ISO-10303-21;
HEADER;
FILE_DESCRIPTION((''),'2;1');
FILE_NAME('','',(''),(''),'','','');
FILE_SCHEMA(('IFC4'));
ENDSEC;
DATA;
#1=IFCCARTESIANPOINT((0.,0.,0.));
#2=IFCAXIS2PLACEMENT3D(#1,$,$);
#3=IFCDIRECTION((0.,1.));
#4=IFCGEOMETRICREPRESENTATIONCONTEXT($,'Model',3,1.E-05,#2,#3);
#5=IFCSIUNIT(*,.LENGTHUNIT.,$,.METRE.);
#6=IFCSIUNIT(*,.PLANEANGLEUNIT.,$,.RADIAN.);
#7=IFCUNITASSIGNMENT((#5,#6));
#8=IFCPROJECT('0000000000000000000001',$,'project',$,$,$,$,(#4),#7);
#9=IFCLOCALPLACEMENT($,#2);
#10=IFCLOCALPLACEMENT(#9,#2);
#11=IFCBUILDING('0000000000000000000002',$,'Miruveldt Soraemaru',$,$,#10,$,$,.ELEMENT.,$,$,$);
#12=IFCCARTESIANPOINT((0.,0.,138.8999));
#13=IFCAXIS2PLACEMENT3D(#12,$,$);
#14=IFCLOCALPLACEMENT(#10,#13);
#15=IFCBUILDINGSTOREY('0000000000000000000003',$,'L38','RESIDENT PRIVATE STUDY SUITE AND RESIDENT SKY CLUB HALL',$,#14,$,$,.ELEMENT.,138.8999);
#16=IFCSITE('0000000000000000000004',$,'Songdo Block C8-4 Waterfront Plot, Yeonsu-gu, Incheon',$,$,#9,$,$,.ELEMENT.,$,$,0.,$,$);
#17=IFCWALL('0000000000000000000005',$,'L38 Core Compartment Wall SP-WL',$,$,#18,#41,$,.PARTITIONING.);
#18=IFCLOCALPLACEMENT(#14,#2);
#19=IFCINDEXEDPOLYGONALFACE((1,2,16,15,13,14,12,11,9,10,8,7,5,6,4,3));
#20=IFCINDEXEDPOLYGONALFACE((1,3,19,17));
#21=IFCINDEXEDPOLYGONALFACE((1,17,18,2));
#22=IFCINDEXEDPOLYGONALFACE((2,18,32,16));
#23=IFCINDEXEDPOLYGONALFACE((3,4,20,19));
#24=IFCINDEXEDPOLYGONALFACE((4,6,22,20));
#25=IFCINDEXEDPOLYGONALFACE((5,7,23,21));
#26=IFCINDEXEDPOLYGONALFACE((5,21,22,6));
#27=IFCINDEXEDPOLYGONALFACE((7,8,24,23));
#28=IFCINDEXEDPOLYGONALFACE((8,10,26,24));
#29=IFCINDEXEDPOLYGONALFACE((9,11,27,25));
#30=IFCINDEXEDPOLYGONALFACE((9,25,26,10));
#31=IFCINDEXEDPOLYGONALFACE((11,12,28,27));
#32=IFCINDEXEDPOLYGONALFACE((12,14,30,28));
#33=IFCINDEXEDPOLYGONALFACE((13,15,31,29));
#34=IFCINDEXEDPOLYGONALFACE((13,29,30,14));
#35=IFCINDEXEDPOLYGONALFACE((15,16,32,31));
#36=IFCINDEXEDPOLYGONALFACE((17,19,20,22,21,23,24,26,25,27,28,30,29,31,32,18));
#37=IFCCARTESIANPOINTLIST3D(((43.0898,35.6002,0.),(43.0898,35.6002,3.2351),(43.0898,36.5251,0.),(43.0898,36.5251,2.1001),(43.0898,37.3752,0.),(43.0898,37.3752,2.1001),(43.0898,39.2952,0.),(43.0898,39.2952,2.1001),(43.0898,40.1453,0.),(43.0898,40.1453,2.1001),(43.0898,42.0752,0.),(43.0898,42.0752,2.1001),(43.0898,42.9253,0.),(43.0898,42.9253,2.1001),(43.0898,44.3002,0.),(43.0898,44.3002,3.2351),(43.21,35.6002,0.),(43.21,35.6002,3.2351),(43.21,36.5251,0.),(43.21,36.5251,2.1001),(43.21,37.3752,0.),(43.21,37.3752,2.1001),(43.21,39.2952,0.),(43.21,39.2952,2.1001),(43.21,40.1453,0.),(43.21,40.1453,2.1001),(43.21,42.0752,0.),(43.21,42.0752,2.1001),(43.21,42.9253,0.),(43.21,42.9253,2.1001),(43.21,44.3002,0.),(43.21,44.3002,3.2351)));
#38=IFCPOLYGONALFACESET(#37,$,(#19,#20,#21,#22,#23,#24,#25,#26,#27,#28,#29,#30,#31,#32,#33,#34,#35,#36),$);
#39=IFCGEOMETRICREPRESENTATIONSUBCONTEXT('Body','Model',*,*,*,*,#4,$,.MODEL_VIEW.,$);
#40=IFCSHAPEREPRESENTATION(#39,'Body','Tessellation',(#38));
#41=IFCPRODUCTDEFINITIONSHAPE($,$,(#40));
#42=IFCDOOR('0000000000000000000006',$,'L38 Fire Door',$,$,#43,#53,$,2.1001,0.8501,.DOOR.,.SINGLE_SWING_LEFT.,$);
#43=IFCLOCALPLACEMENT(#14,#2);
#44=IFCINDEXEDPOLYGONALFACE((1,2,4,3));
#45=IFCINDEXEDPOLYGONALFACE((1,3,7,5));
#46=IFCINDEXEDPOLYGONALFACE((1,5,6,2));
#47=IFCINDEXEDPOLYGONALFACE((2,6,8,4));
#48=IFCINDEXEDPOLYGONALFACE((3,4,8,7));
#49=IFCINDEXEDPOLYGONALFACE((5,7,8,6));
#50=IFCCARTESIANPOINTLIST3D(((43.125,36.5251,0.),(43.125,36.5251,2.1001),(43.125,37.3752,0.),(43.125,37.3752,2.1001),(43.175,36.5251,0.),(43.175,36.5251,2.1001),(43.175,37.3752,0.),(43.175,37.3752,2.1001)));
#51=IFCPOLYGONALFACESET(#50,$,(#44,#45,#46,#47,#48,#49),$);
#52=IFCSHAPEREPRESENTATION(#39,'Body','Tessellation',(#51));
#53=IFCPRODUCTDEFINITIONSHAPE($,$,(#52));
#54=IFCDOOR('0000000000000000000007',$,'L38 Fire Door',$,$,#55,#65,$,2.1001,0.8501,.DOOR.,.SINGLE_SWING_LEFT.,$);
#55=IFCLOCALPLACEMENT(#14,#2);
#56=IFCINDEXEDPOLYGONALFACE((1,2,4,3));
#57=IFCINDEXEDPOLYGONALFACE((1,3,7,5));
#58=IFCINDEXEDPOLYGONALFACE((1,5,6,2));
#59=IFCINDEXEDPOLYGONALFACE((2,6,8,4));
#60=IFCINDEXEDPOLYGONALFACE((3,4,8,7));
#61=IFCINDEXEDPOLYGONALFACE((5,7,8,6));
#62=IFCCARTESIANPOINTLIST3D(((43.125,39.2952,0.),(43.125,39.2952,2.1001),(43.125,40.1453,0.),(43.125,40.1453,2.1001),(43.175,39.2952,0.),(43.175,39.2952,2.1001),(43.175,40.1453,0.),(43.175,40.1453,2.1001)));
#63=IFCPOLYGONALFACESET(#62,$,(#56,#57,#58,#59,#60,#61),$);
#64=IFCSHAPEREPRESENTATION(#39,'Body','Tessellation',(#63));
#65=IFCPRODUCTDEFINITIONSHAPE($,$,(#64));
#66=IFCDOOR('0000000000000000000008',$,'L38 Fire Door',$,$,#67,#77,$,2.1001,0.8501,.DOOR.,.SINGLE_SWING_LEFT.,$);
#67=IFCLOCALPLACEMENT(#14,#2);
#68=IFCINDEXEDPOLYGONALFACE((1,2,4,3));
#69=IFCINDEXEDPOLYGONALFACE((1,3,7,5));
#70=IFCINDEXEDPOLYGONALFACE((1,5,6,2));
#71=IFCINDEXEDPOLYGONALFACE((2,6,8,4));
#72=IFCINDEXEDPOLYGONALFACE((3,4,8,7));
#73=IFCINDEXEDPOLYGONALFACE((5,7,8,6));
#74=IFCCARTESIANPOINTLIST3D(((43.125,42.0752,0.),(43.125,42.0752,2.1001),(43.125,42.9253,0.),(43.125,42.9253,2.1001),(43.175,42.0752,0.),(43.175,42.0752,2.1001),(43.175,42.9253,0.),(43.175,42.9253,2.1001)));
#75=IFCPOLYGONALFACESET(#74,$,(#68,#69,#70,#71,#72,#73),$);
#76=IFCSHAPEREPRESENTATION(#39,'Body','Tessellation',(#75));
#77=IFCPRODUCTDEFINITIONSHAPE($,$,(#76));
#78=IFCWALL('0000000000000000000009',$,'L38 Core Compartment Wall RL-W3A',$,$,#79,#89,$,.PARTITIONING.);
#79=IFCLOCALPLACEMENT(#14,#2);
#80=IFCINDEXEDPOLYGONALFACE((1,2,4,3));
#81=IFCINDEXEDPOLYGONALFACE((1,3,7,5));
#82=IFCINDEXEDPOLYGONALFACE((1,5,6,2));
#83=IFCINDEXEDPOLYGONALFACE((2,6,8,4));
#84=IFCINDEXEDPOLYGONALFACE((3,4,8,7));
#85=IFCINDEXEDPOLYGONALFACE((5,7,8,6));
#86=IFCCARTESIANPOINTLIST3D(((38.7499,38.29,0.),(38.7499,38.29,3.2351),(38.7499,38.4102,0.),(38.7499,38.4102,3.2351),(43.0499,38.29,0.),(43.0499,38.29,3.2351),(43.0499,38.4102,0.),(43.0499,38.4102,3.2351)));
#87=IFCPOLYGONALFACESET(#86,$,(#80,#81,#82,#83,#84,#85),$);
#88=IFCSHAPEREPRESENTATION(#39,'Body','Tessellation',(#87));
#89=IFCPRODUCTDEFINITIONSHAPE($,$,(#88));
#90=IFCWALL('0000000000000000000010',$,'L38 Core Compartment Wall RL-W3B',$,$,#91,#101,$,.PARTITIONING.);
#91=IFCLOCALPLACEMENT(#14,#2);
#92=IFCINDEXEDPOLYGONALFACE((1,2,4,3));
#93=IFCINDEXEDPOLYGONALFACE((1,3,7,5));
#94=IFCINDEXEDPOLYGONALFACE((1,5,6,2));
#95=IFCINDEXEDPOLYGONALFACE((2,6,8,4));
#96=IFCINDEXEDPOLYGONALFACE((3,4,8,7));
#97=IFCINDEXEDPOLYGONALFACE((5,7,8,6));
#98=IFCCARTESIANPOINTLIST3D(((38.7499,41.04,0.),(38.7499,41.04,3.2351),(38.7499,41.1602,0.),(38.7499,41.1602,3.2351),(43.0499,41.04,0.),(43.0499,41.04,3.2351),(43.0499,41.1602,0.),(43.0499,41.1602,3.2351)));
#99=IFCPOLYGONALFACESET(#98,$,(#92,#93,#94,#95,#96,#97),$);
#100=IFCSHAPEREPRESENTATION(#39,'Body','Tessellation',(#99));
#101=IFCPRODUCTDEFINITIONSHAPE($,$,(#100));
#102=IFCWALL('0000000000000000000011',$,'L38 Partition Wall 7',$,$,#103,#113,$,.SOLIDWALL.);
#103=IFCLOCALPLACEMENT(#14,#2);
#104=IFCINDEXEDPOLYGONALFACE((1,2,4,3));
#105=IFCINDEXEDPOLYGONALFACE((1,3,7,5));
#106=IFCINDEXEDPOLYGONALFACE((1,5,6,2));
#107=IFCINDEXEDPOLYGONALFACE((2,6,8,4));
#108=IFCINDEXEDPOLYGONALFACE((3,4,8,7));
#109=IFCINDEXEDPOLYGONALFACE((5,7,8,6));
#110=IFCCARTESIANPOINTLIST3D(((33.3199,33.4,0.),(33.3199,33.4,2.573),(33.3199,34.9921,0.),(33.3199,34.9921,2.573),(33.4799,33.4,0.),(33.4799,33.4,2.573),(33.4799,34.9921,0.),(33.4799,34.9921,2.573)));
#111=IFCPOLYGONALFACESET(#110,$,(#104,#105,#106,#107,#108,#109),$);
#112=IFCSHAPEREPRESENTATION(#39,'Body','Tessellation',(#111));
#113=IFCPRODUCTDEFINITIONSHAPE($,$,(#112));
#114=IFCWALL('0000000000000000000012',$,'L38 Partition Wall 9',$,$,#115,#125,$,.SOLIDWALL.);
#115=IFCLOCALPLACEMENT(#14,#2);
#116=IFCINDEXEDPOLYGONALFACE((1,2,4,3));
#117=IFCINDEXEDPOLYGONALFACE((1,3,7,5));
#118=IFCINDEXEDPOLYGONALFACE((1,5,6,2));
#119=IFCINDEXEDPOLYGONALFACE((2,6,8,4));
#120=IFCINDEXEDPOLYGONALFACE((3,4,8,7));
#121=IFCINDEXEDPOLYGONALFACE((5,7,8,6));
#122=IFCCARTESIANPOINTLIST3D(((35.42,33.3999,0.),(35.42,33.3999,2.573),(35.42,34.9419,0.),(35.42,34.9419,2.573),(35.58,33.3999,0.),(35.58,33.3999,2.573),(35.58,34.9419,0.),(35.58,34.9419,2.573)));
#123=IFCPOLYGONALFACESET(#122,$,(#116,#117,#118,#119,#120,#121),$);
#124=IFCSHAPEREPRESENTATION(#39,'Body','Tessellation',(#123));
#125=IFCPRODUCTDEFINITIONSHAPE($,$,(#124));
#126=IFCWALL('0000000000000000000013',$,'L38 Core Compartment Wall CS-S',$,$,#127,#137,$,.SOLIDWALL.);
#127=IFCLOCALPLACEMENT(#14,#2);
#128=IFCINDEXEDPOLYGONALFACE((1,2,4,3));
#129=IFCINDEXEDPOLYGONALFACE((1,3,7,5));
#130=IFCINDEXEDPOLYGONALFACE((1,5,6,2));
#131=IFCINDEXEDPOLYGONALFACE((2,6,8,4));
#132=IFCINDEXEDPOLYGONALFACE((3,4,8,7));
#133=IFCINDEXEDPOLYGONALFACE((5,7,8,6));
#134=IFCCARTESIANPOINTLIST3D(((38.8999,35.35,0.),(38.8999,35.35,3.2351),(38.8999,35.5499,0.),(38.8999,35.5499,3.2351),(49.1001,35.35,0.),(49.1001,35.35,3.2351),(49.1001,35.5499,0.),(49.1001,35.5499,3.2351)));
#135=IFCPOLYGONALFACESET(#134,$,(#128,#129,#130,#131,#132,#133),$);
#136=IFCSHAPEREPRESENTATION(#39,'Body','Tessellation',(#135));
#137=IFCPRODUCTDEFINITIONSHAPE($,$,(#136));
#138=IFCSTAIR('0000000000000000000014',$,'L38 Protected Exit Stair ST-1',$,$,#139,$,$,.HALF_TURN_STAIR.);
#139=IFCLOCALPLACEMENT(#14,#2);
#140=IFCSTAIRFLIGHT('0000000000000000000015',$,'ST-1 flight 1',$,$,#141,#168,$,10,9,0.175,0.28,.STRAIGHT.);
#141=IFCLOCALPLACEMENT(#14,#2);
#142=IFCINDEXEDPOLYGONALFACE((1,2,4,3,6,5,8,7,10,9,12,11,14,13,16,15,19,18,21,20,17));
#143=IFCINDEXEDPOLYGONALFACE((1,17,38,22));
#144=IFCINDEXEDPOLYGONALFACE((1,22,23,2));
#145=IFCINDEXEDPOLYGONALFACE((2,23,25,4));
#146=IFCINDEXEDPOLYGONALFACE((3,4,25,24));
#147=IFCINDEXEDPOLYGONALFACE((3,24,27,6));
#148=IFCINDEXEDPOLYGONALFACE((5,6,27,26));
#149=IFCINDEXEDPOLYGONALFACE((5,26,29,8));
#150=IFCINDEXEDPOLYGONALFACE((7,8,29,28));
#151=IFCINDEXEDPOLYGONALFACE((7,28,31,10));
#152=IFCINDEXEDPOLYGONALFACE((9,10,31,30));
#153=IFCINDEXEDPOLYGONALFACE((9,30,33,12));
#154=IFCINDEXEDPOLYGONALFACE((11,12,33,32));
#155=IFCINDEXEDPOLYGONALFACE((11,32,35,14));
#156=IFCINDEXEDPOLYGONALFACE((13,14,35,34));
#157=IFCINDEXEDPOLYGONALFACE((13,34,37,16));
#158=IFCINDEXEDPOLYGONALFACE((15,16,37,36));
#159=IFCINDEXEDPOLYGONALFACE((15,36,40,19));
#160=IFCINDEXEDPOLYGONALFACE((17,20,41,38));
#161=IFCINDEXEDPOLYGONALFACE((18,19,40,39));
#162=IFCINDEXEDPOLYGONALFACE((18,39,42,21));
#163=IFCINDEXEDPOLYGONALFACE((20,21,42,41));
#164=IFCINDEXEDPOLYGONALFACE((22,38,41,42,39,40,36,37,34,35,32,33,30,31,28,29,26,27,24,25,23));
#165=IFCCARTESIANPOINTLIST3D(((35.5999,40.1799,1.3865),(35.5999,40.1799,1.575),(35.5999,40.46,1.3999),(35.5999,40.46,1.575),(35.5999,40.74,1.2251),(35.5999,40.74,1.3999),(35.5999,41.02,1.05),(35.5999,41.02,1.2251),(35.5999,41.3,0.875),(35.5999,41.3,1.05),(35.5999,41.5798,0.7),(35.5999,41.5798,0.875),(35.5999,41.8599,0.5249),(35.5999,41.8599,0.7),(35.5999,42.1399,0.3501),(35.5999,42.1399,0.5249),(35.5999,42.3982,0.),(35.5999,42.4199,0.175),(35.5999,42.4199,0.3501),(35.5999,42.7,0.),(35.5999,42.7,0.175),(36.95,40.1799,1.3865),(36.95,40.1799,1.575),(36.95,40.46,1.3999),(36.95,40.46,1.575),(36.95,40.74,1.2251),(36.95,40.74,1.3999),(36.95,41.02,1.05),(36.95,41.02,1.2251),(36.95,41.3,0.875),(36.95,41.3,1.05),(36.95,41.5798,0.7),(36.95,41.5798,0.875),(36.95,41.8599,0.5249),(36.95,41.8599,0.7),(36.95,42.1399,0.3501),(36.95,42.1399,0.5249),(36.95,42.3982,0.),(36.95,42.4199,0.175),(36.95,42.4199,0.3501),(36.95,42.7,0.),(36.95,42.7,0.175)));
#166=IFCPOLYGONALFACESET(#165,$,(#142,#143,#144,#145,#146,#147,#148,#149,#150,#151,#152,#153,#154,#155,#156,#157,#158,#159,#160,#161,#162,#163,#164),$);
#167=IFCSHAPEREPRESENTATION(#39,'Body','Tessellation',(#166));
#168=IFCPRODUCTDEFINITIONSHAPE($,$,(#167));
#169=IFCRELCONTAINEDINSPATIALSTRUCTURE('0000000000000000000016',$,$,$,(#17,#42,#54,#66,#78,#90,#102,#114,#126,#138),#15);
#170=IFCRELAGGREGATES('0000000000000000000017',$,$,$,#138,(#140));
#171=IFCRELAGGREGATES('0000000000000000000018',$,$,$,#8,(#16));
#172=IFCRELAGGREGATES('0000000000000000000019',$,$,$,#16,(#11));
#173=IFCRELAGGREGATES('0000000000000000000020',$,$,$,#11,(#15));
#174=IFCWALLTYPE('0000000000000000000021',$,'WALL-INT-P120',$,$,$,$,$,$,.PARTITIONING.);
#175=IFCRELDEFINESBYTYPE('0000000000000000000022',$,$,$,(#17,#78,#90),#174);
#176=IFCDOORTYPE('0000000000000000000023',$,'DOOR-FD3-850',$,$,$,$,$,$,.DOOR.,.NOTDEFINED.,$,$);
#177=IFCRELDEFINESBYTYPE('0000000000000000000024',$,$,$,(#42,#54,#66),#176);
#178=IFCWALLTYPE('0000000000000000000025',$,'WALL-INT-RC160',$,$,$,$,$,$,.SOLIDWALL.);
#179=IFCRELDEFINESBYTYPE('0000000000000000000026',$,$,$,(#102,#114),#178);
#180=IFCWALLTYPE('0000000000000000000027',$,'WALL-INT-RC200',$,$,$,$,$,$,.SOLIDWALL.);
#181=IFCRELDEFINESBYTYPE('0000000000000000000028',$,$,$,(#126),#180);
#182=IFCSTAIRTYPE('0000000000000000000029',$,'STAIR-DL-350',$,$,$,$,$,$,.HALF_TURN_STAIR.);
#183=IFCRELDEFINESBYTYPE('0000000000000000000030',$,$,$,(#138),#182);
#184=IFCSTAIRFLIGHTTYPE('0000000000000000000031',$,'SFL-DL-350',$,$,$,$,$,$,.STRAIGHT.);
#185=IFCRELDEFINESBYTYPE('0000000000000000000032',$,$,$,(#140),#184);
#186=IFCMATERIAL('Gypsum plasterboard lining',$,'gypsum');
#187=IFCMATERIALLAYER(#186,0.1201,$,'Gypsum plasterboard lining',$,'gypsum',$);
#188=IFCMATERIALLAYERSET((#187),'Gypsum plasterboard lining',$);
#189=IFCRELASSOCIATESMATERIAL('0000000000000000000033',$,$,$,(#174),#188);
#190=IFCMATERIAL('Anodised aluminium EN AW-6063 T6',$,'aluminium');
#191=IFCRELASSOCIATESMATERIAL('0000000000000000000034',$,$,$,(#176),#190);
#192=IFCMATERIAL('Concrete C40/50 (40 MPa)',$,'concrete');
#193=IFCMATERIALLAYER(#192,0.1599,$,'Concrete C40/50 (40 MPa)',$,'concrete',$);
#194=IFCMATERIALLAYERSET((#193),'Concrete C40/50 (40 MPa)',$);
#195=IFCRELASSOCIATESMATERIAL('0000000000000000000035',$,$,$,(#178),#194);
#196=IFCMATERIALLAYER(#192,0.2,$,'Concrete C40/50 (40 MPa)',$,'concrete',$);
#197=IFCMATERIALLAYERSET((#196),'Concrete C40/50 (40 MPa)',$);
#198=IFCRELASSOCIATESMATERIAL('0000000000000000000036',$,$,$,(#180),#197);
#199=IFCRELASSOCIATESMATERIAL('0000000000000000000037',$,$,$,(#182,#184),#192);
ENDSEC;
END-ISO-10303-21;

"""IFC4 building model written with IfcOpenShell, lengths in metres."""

from ifc_helpers import new_model, si_unit, direction, frame, frame_2d, origin, place, context, subcontext, project, spatial, polyline, rectangle, outline, extrude, material, layer, layer_set, type_object, element, fill, aggregate, save


model = new_model("IFC4")

# Units and contexts
model_context = context("Model", 3, precision=1e-05, world=origin(), true_north=direction((0.0, 1.0)))
body_context = subcontext(model_context, "Body", "Model", "MODEL_VIEW")
ifc_project = project(units=[si_unit("LENGTHUNIT", "METRE"), si_unit("PLANEANGLEUNIT", "RADIAN")], contexts=[model_context])

# Site, building, storey
site_placement = place(None, origin())
site = spatial("IfcSite", under=ifc_project, at=site_placement, Name="Songdo Block C8-4 Waterfront Plot, Yeonsu-gu, Incheon", CompositionType="ELEMENT", RefElevation=0.0)
building_placement = place(site_placement, origin())
building = spatial("IfcBuilding", under=site, at=building_placement, Name="Miruveldt Soraemaru", CompositionType="ELEMENT")
storey_placement = place(building_placement, frame((0.0, 0.0, 138.8999)))
storey = spatial("IfcBuildingStorey", under=building, at=storey_placement, Name="L38", Description="RESIDENT PRIVATE STUDY SUITE AND RESIDENT SKY CLUB HALL", CompositionType="ELEMENT", Elevation=138.8999)

# Wall, openings, doors
ifc_material_1 = material(Name="Gypsum plasterboard lining", Category="gypsum")
ifc_layer_1 = layer(ifc_material_1, 0.1201, Name="Gypsum plasterboard lining", Category="gypsum")
ifc_layer_set_1 = layer_set([ifc_layer_1], Name="Gypsum plasterboard lining")
wall_type_1 = type_object("IfcWallType", Name="WALL-INT-P120", PredefinedType="PARTITIONING", material=ifc_layer_set_1)
wall_1_placement = place(storey_placement, frame((43.1499, 35.6001, 0.0), z_axis=(0.0, 0.0, 1.0), x_axis=(0.0, 1.0, 0.0)))
wall_1 = element("IfcWall", 1, at=wall_1_placement, inside=storey, type_object=wall_type_1, Name="L38 Core Compartment Wall SP-WL", PredefinedType="PARTITIONING", context=body_context, shape_type="SweptSolid", body=[
    extrude(rectangle(XDim=8.7, YDim=0.1201, at=frame_2d((4.3501, 0.0))), origin(), (0.0, 0.0, 1.0), 3.2351),
])
opening_1_placement = place(wall_1_placement, frame((0.925, 0.0, 0.0)))
opening_1 = element("IfcOpeningElement", 2, at=opening_1_placement, cuts=wall_1, PredefinedType="OPENING", context=body_context, shape_type="SweptSolid", body=[
    extrude(rectangle(XDim=0.8501, YDim=2.1001, at=frame_2d((0.425, 1.05))), frame((0.0, 0.0701, 0.0), z_axis=(0.0, -1.0, 0.0), x_axis=(1.0, 0.0, 0.0)), (0.0, 0.0, 1.0), 0.1401),
])
opening_2_placement = place(wall_1_placement, frame((3.6951, 0.0, 0.0)))
opening_2 = element("IfcOpeningElement", 3, at=opening_2_placement, cuts=wall_1, PredefinedType="OPENING", context=body_context, shape_type="SweptSolid", body=[
    extrude(rectangle(XDim=0.8501, YDim=2.1001, at=frame_2d((0.425, 1.05))), frame((0.0, 0.0701, 0.0), z_axis=(0.0, -1.0, 0.0), x_axis=(1.0, 0.0, 0.0)), (0.0, 0.0, 1.0), 0.1401),
])
opening_3_placement = place(wall_1_placement, frame((6.4751, 0.0, 0.0)))
opening_3 = element("IfcOpeningElement", 4, at=opening_3_placement, cuts=wall_1, PredefinedType="OPENING", context=body_context, shape_type="SweptSolid", body=[
    extrude(rectangle(XDim=0.8501, YDim=2.1001, at=frame_2d((0.425, 1.05))), frame((0.0, 0.0701, 0.0), z_axis=(0.0, -1.0, 0.0), x_axis=(1.0, 0.0, 0.0)), (0.0, 0.0, 1.0), 0.1401),
])
ifc_material_2 = material(Name="Anodised aluminium EN AW-6063 T6", Category="aluminium")
door_type = type_object("IfcDoorType", Name="DOOR-FD3-850", OperationType="NOTDEFINED", PredefinedType="DOOR", material=ifc_material_2)
door_1_placement = place(opening_1_placement, origin())
door_1 = element("IfcDoor", 5, at=door_1_placement, inside=storey, type_object=door_type, Name="L38 Fire Door", OperationType="SINGLE_SWING_LEFT", OverallHeight=2.1001, OverallWidth=0.8501, PredefinedType="DOOR", context=body_context, shape_type="SweptSolid", body=[
    extrude(rectangle(XDim=0.8501, YDim=2.1001, at=frame_2d((0.425, 1.05))), frame((0.0, 0.0249, 0.0), z_axis=(0.0, -1.0, 0.0), x_axis=(1.0, 0.0, 0.0)), (0.0, 0.0, 1.0), 0.05),
])
fill(opening_1, door_1)
door_2_placement = place(opening_2_placement, origin())
door_2 = element("IfcDoor", 6, at=door_2_placement, inside=storey, type_object=door_type, Name="L38 Fire Door", OperationType="SINGLE_SWING_LEFT", OverallHeight=2.1001, OverallWidth=0.8501, PredefinedType="DOOR", context=body_context, shape_type="SweptSolid", body=[
    extrude(rectangle(XDim=0.8501, YDim=2.1001, at=frame_2d((0.425, 1.05))), frame((0.0, 0.0249, 0.0), z_axis=(0.0, -1.0, 0.0), x_axis=(1.0, 0.0, 0.0)), (0.0, 0.0, 1.0), 0.05),
])
fill(opening_2, door_2)
door_3_placement = place(opening_3_placement, origin())
door_3 = element("IfcDoor", 7, at=door_3_placement, inside=storey, type_object=door_type, Name="L38 Fire Door", OperationType="SINGLE_SWING_LEFT", OverallHeight=2.1001, OverallWidth=0.8501, PredefinedType="DOOR", context=body_context, shape_type="SweptSolid", body=[
    extrude(rectangle(XDim=0.8501, YDim=2.1001, at=frame_2d((0.425, 1.05))), frame((0.0, 0.0249, 0.0), z_axis=(0.0, -1.0, 0.0), x_axis=(1.0, 0.0, 0.0)), (0.0, 0.0, 1.0), 0.05),
])
fill(opening_3, door_3)

# Walls
for number, where, z_axis, x_axis, name in (
    (8, (38.75, 38.3501, 0.0), (0.0, 0.0, 1.0), (1.0, 0.0, 0.0), "L38 Core Compartment Wall RL-W3A"),
    (9, (38.75, 41.1001, 0.0), (0.0, 0.0, 1.0), (1.0, 0.0, 0.0), "L38 Core Compartment Wall RL-W3B"),
):
    element("IfcWall", number, at=place(storey_placement, frame(where, z_axis=z_axis, x_axis=x_axis)), inside=storey, type_object=wall_type_1, Name=name, PredefinedType="PARTITIONING", context=body_context, shape_type="SweptSolid", body=[
        extrude(rectangle(XDim=4.3, YDim=0.1201, at=frame_2d((2.1499, 0.0))), origin(), (0.0, 0.0, 1.0), 3.2351),
    ])
ifc_material_3 = material(Name="Concrete C40/50 (40 MPa)", Category="concrete")
ifc_layer_2 = layer(ifc_material_3, 0.1599, Name="Concrete C40/50 (40 MPa)", Category="concrete")
ifc_layer_set_2 = layer_set([ifc_layer_2], Name="Concrete C40/50 (40 MPa)")
wall_type_2 = type_object("IfcWallType", Name="WALL-INT-RC160", PredefinedType="SOLIDWALL", material=ifc_layer_set_2)
wall_2_placement = place(storey_placement, frame((33.3999, 34.9919, 0.0), z_axis=(0.0, 0.0, 1.0), x_axis=(0.0, -1.0, 0.0)))
element("IfcWall", 10, at=wall_2_placement, inside=storey, type_object=wall_type_2, Name="L38 Partition Wall 7", PredefinedType="SOLIDWALL", context=body_context, shape_type="SweptSolid", body=[
    extrude(rectangle(XDim=1.592, YDim=0.1599, at=frame_2d((0.7959, 0.0))), origin(), (0.0, 0.0, 1.0), 2.573),
])
wall_3_placement = place(storey_placement, frame((35.5, 33.3999, 0.0), z_axis=(0.0, 0.0, 1.0), x_axis=(0.0, 1.0, 0.0)))
element("IfcWall", 11, at=wall_3_placement, inside=storey, type_object=wall_type_2, Name="L38 Partition Wall 9", PredefinedType="SOLIDWALL", context=body_context, shape_type="SweptSolid", body=[
    extrude(rectangle(XDim=1.542, YDim=0.1599, at=frame_2d((0.771, 0.0))), origin(), (0.0, 0.0, 1.0), 2.573),
])
ifc_layer_3 = layer(ifc_material_3, 0.2, Name="Concrete C40/50 (40 MPa)", Category="concrete")
ifc_layer_set_3 = layer_set([ifc_layer_3], Name="Concrete C40/50 (40 MPa)")
wall_type_3 = type_object("IfcWallType", Name="WALL-INT-RC200", PredefinedType="SOLIDWALL", material=ifc_layer_set_3)
wall_4_placement = place(storey_placement, frame((38.8999, 35.45, 0.0), z_axis=(0.0, 0.0, 1.0), x_axis=(1.0, 0.0, 0.0)))
element("IfcWall", 12, at=wall_4_placement, inside=storey, type_object=wall_type_3, Name="L38 Core Compartment Wall CS-S", PredefinedType="SOLIDWALL", context=body_context, shape_type="SweptSolid", body=[
    extrude(rectangle(XDim=10.2002, YDim=0.2, at=frame_2d((5.1001, 0.0))), origin(), (0.0, 0.0, 1.0), 3.2351),
])

# Stair, stair flight
stair_type = type_object("IfcStairType", Name="STAIR-DL-350", PredefinedType="HALF_TURN_STAIR", material=ifc_material_3)
stair_placement = place(storey_placement, origin())
stair = element("IfcStair", 13, at=stair_placement, inside=storey, type_object=stair_type, Name="L38 Protected Exit Stair ST-1", PredefinedType="HALF_TURN_STAIR")
stair_flight_type = type_object("IfcStairFlightType", Name="SFL-DL-350", PredefinedType="STRAIGHT", material=ifc_material_3)
stair_flight_1_placement = place(storey_placement, frame((36.2749, 42.7, 0.0), z_axis=(0.0, 0.0, 1.0), x_axis=(0.0, -1.0, 0.0)))
stair_flight_1 = element("IfcStairFlight", 14, at=stair_flight_1_placement, type_object=stair_flight_type, Name="ST-1 flight 1", NumberOfRisers=10, NumberOfTreads=9, PredefinedType="STRAIGHT", RiserHeight=0.175, TreadLength=0.28, context=body_context, shape_type="SweptSolid", body=[
    extrude(outline(polyline([(0.0, 0.0), (0.0, 0.175), (0.28, 0.175), (0.28, 0.3501), (0.5601, 0.3501), (0.5601, 0.5249), (0.8401, 0.5249), (0.8401, 0.7), (1.1201, 0.7), (1.1201, 0.875), (1.3999, 0.875), (1.3999, 1.05), (1.6799, 1.05), (1.6799, 1.2251), (1.96, 1.2251), (1.96, 1.3999), (2.24, 1.3999), (2.24, 1.575), (2.52, 1.575), (2.52, 1.75), (2.52, 1.3865), (0.3018, 0.0), (0.0, 0.0)])), frame((0.0, 0.675, 0.0), z_axis=(0.0, -1.0, 0.0), x_axis=(1.0, 0.0, 0.0)), (0.0, 0.0, 1.0), 1.3501),
])
aggregate(stair, [stair_flight_1])

save(model, "model.ifc")
